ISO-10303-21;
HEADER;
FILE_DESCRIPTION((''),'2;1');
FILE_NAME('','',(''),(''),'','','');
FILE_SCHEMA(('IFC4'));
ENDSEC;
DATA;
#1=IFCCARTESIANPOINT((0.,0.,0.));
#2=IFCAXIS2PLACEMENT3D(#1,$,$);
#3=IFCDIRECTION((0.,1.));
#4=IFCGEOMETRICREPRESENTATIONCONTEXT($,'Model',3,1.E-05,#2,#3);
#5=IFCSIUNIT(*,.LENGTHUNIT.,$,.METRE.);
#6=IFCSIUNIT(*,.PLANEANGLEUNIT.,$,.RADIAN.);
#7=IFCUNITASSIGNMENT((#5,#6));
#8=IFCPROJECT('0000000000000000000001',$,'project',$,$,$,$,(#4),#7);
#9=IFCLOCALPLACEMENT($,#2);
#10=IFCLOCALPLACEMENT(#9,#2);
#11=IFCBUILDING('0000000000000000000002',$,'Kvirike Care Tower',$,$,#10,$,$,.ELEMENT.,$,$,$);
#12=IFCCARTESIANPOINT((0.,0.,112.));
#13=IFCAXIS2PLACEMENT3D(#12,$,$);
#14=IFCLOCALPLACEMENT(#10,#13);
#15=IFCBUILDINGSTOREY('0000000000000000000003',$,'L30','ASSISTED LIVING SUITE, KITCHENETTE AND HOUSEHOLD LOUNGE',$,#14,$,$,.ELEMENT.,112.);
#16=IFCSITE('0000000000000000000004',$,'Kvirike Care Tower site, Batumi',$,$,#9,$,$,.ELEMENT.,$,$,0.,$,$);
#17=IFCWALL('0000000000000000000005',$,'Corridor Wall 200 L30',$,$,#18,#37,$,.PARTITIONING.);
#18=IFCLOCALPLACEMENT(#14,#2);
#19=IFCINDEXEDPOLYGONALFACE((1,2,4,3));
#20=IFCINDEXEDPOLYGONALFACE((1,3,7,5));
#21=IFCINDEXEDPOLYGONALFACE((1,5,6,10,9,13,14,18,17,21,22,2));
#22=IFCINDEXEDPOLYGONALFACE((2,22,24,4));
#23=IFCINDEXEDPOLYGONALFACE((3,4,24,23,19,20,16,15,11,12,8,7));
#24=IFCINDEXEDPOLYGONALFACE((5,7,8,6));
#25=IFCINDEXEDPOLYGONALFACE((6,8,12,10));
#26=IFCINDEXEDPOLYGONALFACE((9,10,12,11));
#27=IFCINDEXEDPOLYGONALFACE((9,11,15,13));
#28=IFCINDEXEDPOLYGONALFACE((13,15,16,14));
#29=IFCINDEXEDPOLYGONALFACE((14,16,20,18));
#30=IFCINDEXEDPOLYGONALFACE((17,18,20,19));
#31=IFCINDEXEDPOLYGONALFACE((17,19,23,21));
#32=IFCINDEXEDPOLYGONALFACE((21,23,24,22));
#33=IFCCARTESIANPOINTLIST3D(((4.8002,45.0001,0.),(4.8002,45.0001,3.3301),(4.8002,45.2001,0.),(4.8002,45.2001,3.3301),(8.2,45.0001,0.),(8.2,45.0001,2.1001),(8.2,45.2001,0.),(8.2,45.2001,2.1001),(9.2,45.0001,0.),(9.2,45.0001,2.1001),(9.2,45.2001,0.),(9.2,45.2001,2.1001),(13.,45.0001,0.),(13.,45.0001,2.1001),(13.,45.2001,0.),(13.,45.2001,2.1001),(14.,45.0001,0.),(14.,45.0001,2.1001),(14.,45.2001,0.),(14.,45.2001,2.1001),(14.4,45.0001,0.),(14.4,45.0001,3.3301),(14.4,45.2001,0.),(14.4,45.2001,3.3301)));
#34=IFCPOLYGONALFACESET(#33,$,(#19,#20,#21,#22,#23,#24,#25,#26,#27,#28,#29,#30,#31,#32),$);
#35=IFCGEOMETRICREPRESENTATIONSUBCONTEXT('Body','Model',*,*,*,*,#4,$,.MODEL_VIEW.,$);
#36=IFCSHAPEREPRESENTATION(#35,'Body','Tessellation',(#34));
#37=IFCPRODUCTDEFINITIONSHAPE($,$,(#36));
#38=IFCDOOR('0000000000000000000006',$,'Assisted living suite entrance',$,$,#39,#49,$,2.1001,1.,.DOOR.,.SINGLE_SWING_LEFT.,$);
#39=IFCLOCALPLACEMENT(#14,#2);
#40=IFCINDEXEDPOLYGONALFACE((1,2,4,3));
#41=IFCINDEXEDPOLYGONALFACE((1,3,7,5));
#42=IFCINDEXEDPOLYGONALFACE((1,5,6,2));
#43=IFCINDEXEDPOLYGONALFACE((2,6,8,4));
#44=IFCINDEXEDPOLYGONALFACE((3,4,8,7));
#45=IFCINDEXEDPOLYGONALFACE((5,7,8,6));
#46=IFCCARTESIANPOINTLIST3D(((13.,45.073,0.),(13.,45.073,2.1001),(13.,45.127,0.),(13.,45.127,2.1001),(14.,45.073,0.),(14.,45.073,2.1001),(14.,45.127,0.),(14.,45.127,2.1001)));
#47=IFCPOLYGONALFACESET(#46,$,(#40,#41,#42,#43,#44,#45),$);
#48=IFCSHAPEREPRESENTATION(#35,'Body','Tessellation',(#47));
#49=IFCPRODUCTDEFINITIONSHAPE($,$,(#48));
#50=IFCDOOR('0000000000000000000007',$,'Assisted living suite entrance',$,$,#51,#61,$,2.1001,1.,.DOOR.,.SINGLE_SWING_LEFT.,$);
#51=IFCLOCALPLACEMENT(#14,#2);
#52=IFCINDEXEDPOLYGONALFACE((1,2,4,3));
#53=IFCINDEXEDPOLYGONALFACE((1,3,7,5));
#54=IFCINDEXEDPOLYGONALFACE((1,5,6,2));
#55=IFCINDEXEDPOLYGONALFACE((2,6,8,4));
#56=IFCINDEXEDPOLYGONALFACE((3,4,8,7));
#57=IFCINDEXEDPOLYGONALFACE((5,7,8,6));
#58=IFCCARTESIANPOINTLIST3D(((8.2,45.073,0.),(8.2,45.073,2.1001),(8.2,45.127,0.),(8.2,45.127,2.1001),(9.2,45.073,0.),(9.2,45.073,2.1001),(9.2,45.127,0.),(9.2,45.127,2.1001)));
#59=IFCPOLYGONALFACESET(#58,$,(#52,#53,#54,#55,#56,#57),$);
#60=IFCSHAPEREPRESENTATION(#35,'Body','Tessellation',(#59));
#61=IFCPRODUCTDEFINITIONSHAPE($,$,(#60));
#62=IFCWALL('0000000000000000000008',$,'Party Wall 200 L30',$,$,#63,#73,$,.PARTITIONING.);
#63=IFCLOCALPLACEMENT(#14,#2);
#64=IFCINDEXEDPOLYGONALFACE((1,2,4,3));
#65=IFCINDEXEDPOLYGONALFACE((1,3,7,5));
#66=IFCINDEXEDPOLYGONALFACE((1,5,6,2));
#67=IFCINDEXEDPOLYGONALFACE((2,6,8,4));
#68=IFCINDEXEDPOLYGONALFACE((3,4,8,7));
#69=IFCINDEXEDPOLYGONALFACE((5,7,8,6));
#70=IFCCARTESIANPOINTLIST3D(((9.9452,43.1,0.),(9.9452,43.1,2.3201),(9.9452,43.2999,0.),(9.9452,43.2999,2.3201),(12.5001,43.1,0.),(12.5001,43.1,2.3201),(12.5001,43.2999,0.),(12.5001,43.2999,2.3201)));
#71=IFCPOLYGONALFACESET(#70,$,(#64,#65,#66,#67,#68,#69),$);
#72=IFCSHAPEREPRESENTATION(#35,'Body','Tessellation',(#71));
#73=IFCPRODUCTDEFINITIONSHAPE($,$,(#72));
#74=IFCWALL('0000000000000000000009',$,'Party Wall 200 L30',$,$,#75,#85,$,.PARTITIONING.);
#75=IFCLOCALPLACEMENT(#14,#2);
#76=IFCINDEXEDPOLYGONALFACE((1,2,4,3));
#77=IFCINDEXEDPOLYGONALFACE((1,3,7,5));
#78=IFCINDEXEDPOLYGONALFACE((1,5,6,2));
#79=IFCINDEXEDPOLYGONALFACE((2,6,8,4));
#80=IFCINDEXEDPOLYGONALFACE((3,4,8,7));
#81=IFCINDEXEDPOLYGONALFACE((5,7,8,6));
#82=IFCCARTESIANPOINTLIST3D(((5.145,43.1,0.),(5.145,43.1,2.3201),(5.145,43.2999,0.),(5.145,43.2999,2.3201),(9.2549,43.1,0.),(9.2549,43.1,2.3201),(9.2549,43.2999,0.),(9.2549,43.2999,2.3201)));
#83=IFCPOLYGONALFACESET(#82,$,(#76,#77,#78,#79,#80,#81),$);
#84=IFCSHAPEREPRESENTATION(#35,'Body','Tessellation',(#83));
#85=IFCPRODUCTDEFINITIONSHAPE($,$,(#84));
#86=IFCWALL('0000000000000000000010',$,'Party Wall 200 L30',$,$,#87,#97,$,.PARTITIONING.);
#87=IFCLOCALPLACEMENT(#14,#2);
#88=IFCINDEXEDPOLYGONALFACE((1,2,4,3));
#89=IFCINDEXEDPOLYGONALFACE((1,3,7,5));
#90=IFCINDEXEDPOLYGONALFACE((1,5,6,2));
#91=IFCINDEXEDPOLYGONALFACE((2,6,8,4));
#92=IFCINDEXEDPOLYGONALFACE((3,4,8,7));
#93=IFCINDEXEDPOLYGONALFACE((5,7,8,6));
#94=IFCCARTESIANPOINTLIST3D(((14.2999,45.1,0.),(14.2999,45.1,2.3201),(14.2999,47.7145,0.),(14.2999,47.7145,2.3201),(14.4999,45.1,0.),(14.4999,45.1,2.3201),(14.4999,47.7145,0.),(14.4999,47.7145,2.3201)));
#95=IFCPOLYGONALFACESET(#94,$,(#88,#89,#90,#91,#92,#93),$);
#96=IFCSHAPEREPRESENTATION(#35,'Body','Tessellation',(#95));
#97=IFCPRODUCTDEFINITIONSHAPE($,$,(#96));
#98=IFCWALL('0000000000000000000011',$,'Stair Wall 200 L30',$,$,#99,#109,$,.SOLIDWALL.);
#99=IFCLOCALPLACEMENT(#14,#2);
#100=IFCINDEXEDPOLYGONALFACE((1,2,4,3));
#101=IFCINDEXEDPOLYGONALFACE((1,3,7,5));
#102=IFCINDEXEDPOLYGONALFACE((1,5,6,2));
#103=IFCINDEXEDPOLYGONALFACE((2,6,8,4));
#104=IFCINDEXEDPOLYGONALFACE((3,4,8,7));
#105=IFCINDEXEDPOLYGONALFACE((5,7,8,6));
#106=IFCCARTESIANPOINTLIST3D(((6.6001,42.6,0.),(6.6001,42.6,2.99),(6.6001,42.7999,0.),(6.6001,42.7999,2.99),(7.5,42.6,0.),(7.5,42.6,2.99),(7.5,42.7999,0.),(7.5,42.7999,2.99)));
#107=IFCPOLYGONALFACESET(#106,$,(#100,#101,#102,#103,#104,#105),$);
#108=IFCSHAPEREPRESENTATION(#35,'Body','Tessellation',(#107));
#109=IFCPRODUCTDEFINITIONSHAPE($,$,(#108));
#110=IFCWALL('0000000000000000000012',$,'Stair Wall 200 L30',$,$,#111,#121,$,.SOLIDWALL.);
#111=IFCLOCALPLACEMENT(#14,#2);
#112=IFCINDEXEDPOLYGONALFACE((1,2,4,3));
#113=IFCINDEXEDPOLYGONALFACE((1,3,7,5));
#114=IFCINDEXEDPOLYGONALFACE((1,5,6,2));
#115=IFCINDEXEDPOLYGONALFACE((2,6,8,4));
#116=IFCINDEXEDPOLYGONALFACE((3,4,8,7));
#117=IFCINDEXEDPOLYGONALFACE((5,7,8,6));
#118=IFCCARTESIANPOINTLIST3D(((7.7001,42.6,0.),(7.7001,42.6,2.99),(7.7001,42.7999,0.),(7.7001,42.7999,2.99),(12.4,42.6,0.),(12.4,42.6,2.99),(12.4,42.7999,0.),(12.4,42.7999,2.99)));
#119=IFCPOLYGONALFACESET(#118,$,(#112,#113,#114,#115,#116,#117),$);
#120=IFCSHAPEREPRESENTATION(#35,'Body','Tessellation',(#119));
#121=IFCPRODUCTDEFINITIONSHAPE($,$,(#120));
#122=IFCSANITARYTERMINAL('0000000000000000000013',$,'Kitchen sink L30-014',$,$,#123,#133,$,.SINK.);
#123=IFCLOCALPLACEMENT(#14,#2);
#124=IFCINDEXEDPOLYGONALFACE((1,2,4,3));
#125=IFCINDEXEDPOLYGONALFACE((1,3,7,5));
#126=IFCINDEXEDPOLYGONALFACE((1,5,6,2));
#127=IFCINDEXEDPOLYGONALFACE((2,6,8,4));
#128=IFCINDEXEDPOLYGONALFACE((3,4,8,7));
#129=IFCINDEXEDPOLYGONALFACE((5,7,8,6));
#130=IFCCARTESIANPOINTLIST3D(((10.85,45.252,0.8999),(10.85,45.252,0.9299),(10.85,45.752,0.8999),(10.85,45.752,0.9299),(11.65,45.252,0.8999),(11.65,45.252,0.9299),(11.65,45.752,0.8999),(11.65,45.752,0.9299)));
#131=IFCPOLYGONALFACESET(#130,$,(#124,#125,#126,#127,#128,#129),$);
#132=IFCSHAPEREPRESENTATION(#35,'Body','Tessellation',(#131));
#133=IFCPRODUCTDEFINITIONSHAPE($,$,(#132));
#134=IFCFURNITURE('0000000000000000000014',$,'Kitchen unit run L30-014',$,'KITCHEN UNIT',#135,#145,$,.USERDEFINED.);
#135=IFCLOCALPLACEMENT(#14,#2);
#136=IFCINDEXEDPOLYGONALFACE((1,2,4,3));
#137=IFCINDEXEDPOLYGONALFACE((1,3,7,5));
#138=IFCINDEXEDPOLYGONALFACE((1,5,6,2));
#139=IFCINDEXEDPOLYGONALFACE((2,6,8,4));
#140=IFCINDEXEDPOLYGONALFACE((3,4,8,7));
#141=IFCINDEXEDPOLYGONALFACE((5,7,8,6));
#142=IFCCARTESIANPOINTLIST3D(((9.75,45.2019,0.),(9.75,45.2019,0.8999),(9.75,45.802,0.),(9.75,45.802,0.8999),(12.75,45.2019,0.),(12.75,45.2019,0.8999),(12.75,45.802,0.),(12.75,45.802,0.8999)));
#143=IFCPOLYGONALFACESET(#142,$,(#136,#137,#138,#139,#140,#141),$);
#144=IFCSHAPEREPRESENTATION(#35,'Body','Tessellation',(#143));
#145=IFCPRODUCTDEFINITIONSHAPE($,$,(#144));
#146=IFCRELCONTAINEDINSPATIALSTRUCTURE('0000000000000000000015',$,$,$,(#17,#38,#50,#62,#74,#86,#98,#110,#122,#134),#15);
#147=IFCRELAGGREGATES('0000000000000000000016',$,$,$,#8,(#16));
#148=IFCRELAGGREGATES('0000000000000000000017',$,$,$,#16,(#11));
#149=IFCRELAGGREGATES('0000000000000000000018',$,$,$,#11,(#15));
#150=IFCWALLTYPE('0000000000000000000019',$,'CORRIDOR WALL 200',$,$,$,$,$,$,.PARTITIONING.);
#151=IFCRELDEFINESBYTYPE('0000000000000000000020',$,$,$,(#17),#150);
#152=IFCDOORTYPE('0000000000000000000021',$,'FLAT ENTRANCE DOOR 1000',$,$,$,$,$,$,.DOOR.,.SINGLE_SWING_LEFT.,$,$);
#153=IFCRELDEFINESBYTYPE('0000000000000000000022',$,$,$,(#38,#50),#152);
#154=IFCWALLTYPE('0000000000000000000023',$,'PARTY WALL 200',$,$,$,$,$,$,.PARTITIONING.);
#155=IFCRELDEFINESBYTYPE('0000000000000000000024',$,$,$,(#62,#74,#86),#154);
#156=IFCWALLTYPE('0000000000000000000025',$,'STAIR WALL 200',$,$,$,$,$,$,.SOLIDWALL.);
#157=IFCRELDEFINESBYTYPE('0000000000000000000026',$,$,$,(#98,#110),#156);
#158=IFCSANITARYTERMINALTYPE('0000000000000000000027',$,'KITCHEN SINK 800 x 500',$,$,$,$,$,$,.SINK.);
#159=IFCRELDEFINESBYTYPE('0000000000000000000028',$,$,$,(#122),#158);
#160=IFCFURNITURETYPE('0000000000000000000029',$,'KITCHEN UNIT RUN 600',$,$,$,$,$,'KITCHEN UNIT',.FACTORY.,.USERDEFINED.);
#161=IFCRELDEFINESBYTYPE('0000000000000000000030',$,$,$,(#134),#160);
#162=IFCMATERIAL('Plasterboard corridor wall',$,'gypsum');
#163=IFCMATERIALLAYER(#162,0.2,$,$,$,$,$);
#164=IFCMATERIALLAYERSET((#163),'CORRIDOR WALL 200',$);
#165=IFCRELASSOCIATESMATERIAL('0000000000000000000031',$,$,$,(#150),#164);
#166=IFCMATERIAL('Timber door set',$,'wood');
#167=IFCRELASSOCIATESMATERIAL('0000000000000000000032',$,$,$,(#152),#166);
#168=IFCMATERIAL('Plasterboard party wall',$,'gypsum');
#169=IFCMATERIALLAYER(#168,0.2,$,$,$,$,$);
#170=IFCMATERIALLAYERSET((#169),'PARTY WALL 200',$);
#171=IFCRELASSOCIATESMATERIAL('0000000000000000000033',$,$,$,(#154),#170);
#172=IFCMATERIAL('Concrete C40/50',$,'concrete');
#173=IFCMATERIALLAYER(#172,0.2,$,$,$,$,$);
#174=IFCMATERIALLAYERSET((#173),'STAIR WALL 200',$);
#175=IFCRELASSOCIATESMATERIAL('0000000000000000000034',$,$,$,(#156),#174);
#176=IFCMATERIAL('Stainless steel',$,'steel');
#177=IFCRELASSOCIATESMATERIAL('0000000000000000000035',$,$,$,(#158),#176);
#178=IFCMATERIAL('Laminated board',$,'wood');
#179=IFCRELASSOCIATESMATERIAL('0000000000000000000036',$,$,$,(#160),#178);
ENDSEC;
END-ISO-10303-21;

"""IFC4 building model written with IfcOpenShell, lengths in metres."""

from ifc_helpers import new_model, si_unit, direction, frame, frame_2d, origin, origin_2d, place, context, subcontext, project, spatial, rectangle, extrude, material, layer, layer_set, type_object, element, fill, save


model = new_model("IFC4")

# Units and contexts
model_context = context("Model", 3, precision=1e-05, world=origin(), true_north=direction((0.0, 1.0)))
body_context = subcontext(model_context, "Body", "Model", "MODEL_VIEW")
ifc_project = project(units=[si_unit("LENGTHUNIT", "METRE"), si_unit("PLANEANGLEUNIT", "RADIAN")], contexts=[model_context])

# Site, building, storey
site_placement = place(None, origin())
site = spatial("IfcSite", under=ifc_project, at=site_placement, Name="Kvirike Care Tower site, Batumi", CompositionType="ELEMENT", RefElevation=0.0)
building_placement = place(site_placement, origin())
building = spatial("IfcBuilding", under=site, at=building_placement, Name="Kvirike Care Tower", CompositionType="ELEMENT")
storey_placement = place(building_placement, frame((0.0, 0.0, 112.0)))
storey = spatial("IfcBuildingStorey", under=building, at=storey_placement, Name="L30", Description="ASSISTED LIVING SUITE, KITCHENETTE AND HOUSEHOLD LOUNGE", CompositionType="ELEMENT", Elevation=112.0)

# Wall, openings, doors
ifc_material_1 = material(Name="Plasterboard corridor wall", Category="gypsum")
ifc_layer_1 = layer(ifc_material_1, 0.2)
ifc_layer_set_1 = layer_set([ifc_layer_1], Name="CORRIDOR WALL 200")
wall_type_1 = type_object("IfcWallType", Name="CORRIDOR WALL 200", PredefinedType="PARTITIONING", material=ifc_layer_set_1)
ifc_material_2 = material(Name="Timber door set", Category="wood")
door_type_1 = type_object("IfcDoorType", Name="FLAT ENTRANCE DOOR 1000", OperationType="SINGLE_SWING_LEFT", PredefinedType="DOOR", material=ifc_material_2)
wall_1_placement = place(storey_placement, frame((14.3999, 45.1001, 0.0), z_axis=(0.0, 0.0, 1.0), x_axis=(-1.0, 0.0, 0.0)))
wall_1 = element("IfcWall", 1, at=wall_1_placement, inside=storey, type_object=wall_type_1, Name="Corridor Wall 200 L30", PredefinedType="PARTITIONING", context=body_context, shape_type="SweptSolid", body=[
    extrude(rectangle(XDim=9.5999, YDim=0.2, at=frame_2d((4.7998, 0.0))), origin(), (0.0, 0.0, 1.0), 3.3301),
])
opening_1_placement = place(wall_1_placement, frame((0.3999, 0.0, 0.0)))
opening_1 = element("IfcOpeningElement", 2, at=opening_1_placement, cuts=wall_1, PredefinedType="OPENING", context=body_context, shape_type="SweptSolid", body=[
    extrude(rectangle(XDim=1.0, YDim=2.1001, at=frame_2d((0.5, 1.05))), frame((0.0, 0.1106, 0.0), z_axis=(0.0, -1.0, 0.0), x_axis=(1.0, 0.0, 0.0)), (0.0, 0.0, 1.0), 0.2209),
])
opening_2_placement = place(wall_1_placement, frame((5.2, 0.0, 0.0)))
opening_2 = element("IfcOpeningElement", 3, at=opening_2_placement, cuts=wall_1, PredefinedType="OPENING", context=body_context, shape_type="SweptSolid", body=[
    extrude(rectangle(XDim=1.0, YDim=2.1001, at=frame_2d((0.5, 1.05))), frame((0.0, 0.1106, 0.0), z_axis=(0.0, -1.0, 0.0), x_axis=(1.0, 0.0, 0.0)), (0.0, 0.0, 1.0), 0.2209),
])
door_1_placement = place(opening_1_placement, frame((1.0, 0.0, 0.0), z_axis=(0.0, 0.0, 1.0), x_axis=(-1.0, 0.0, 0.0)))
door_1 = element("IfcDoor", 4, at=door_1_placement, inside=storey, type_object=door_type_1, Name="Assisted living suite entrance", OperationType="SINGLE_SWING_LEFT", OverallHeight=2.1001, OverallWidth=1.0, PredefinedType="DOOR", context=body_context, shape_type="SweptSolid", body=[
    extrude(rectangle(XDim=1.0, YDim=2.1001, at=frame_2d((0.5, 1.05))), frame((0.0, 0.0269, 0.0), z_axis=(0.0, -1.0, 0.0), x_axis=(1.0, 0.0, 0.0)), (0.0, 0.0, 1.0), 0.054),
])
fill(opening_1, door_1)
door_2_placement = place(opening_2_placement, frame((1.0, 0.0, 0.0), z_axis=(0.0, 0.0, 1.0), x_axis=(-1.0, 0.0, 0.0)))
door_2 = element("IfcDoor", 5, at=door_2_placement, inside=storey, type_object=door_type_1, Name="Assisted living suite entrance", OperationType="SINGLE_SWING_LEFT", OverallHeight=2.1001, OverallWidth=1.0, PredefinedType="DOOR", context=body_context, shape_type="SweptSolid", body=[
    extrude(rectangle(XDim=1.0, YDim=2.1001, at=frame_2d((0.5, 1.05))), frame((0.0, 0.0269, 0.0), z_axis=(0.0, -1.0, 0.0), x_axis=(1.0, 0.0, 0.0)), (0.0, 0.0, 1.0), 0.054),
])
fill(opening_2, door_2)

# Walls
ifc_material_3 = material(Name="Plasterboard party wall", Category="gypsum")
ifc_layer_2 = layer(ifc_material_3, 0.2)
ifc_layer_set_2 = layer_set([ifc_layer_2], Name="PARTY WALL 200")
wall_type_2 = type_object("IfcWallType", Name="PARTY WALL 200", PredefinedType="PARTITIONING", material=ifc_layer_set_2)
wall_2_placement = place(storey_placement, frame((12.5, 43.2, 0.0), z_axis=(0.0, 0.0, 1.0), x_axis=(-1.0, 0.0, 0.0)))
element("IfcWall", 6, at=wall_2_placement, inside=storey, type_object=wall_type_2, Name="Party Wall 200 L30", PredefinedType="PARTITIONING", context=body_context, shape_type="SweptSolid", body=[
    extrude(rectangle(XDim=2.5549, YDim=0.2, at=frame_2d((1.2773, 0.0))), origin(), (0.0, 0.0, 1.0), 2.3201),
])
wall_3_placement = place(storey_placement, frame((9.2549, 43.2, 0.0), z_axis=(0.0, 0.0, 1.0), x_axis=(-1.0, 0.0, 0.0)))
element("IfcWall", 7, at=wall_3_placement, inside=storey, type_object=wall_type_2, Name="Party Wall 200 L30", PredefinedType="PARTITIONING", context=body_context, shape_type="SweptSolid", body=[
    extrude(rectangle(XDim=4.1099, YDim=0.2, at=frame_2d((2.0549, 0.0))), origin(), (0.0, 0.0, 1.0), 2.3201),
])
wall_4_placement = place(storey_placement, frame((14.3999, 45.1001, 0.0), z_axis=(0.0, 0.0, 1.0), x_axis=(0.0, 1.0, 0.0)))
element("IfcWall", 8, at=wall_4_placement, inside=storey, type_object=wall_type_2, Name="Party Wall 200 L30", PredefinedType="PARTITIONING", context=body_context, shape_type="SweptSolid", body=[
    extrude(rectangle(XDim=2.6145, YDim=0.2, at=frame_2d((1.3071, 0.0))), origin(), (0.0, 0.0, 1.0), 2.3201),
])
ifc_material_4 = material(Name="Concrete C40/50", Category="concrete")
ifc_layer_3 = layer(ifc_material_4, 0.2)
ifc_layer_set_3 = layer_set([ifc_layer_3], Name="STAIR WALL 200")
wall_type_3 = type_object("IfcWallType", Name="STAIR WALL 200", PredefinedType="SOLIDWALL", material=ifc_layer_set_3)
wall_5_placement = place(storey_placement, frame((6.6001, 42.7, 0.0), z_axis=(0.0, 0.0, 1.0), x_axis=(1.0, 0.0, 0.0)))
element("IfcWall", 9, at=wall_5_placement, inside=storey, type_object=wall_type_3, Name="Stair Wall 200 L30", PredefinedType="SOLIDWALL", context=body_context, shape_type="SweptSolid", body=[
    extrude(rectangle(XDim=0.8999, YDim=0.2, at=frame_2d((0.45, 0.0))), origin(), (0.0, 0.0, 1.0), 2.99),
])
wall_6_placement = place(storey_placement, frame((7.7, 42.7, 0.0), z_axis=(0.0, 0.0, 1.0), x_axis=(1.0, 0.0, 0.0)))
element("IfcWall", 10, at=wall_6_placement, inside=storey, type_object=wall_type_3, Name="Stair Wall 200 L30", PredefinedType="SOLIDWALL", context=body_context, shape_type="SweptSolid", body=[
    extrude(rectangle(XDim=4.7, YDim=0.2, at=frame_2d((2.3501, 0.0))), origin(), (0.0, 0.0, 1.0), 2.99),
])

# Sanitary terminal
ifc_material_5 = material(Name="Stainless steel", Category="steel")
sanitary_terminal_type = type_object("IfcSanitaryTerminalType", Name="KITCHEN SINK 800 x 500", PredefinedType="SINK", material=ifc_material_5)
sanitary_terminal_placement = place(storey_placement, frame((11.25, 45.502, 0.8999), z_axis=(0.0, 0.0, 1.0), x_axis=(-1.0, 0.0, 0.0)))
element("IfcSanitaryTerminal", 11, at=sanitary_terminal_placement, inside=storey, type_object=sanitary_terminal_type, Name="Kitchen sink L30-014", PredefinedType="SINK", context=body_context, shape_type="SweptSolid", body=[
    extrude(rectangle(XDim=0.8, YDim=0.5, at=origin_2d()), origin(), (0.0, 0.0, 1.0), 0.03),
])

# Furniture
ifc_material_6 = material(Name="Laminated board", Category="wood")
furniture_type = type_object("IfcFurnitureType", Name="KITCHEN UNIT RUN 600", ElementType="KITCHEN UNIT", AssemblyPlace="FACTORY", PredefinedType="USERDEFINED", material=ifc_material_6)
furniture_placement = place(storey_placement, frame((11.25, 45.502, 0.0), z_axis=(0.0, 0.0, 1.0), x_axis=(-1.0, 0.0, 0.0)))
element("IfcFurniture", 12, at=furniture_placement, inside=storey, type_object=furniture_type, Name="Kitchen unit run L30-014", ObjectType="KITCHEN UNIT", PredefinedType="USERDEFINED", context=body_context, shape_type="SweptSolid", body=[
    extrude(rectangle(XDim=3.0, YDim=0.6001, at=origin_2d()), origin(), (0.0, 0.0, 1.0), 0.8999),
])

save(model, "model.ifc")
